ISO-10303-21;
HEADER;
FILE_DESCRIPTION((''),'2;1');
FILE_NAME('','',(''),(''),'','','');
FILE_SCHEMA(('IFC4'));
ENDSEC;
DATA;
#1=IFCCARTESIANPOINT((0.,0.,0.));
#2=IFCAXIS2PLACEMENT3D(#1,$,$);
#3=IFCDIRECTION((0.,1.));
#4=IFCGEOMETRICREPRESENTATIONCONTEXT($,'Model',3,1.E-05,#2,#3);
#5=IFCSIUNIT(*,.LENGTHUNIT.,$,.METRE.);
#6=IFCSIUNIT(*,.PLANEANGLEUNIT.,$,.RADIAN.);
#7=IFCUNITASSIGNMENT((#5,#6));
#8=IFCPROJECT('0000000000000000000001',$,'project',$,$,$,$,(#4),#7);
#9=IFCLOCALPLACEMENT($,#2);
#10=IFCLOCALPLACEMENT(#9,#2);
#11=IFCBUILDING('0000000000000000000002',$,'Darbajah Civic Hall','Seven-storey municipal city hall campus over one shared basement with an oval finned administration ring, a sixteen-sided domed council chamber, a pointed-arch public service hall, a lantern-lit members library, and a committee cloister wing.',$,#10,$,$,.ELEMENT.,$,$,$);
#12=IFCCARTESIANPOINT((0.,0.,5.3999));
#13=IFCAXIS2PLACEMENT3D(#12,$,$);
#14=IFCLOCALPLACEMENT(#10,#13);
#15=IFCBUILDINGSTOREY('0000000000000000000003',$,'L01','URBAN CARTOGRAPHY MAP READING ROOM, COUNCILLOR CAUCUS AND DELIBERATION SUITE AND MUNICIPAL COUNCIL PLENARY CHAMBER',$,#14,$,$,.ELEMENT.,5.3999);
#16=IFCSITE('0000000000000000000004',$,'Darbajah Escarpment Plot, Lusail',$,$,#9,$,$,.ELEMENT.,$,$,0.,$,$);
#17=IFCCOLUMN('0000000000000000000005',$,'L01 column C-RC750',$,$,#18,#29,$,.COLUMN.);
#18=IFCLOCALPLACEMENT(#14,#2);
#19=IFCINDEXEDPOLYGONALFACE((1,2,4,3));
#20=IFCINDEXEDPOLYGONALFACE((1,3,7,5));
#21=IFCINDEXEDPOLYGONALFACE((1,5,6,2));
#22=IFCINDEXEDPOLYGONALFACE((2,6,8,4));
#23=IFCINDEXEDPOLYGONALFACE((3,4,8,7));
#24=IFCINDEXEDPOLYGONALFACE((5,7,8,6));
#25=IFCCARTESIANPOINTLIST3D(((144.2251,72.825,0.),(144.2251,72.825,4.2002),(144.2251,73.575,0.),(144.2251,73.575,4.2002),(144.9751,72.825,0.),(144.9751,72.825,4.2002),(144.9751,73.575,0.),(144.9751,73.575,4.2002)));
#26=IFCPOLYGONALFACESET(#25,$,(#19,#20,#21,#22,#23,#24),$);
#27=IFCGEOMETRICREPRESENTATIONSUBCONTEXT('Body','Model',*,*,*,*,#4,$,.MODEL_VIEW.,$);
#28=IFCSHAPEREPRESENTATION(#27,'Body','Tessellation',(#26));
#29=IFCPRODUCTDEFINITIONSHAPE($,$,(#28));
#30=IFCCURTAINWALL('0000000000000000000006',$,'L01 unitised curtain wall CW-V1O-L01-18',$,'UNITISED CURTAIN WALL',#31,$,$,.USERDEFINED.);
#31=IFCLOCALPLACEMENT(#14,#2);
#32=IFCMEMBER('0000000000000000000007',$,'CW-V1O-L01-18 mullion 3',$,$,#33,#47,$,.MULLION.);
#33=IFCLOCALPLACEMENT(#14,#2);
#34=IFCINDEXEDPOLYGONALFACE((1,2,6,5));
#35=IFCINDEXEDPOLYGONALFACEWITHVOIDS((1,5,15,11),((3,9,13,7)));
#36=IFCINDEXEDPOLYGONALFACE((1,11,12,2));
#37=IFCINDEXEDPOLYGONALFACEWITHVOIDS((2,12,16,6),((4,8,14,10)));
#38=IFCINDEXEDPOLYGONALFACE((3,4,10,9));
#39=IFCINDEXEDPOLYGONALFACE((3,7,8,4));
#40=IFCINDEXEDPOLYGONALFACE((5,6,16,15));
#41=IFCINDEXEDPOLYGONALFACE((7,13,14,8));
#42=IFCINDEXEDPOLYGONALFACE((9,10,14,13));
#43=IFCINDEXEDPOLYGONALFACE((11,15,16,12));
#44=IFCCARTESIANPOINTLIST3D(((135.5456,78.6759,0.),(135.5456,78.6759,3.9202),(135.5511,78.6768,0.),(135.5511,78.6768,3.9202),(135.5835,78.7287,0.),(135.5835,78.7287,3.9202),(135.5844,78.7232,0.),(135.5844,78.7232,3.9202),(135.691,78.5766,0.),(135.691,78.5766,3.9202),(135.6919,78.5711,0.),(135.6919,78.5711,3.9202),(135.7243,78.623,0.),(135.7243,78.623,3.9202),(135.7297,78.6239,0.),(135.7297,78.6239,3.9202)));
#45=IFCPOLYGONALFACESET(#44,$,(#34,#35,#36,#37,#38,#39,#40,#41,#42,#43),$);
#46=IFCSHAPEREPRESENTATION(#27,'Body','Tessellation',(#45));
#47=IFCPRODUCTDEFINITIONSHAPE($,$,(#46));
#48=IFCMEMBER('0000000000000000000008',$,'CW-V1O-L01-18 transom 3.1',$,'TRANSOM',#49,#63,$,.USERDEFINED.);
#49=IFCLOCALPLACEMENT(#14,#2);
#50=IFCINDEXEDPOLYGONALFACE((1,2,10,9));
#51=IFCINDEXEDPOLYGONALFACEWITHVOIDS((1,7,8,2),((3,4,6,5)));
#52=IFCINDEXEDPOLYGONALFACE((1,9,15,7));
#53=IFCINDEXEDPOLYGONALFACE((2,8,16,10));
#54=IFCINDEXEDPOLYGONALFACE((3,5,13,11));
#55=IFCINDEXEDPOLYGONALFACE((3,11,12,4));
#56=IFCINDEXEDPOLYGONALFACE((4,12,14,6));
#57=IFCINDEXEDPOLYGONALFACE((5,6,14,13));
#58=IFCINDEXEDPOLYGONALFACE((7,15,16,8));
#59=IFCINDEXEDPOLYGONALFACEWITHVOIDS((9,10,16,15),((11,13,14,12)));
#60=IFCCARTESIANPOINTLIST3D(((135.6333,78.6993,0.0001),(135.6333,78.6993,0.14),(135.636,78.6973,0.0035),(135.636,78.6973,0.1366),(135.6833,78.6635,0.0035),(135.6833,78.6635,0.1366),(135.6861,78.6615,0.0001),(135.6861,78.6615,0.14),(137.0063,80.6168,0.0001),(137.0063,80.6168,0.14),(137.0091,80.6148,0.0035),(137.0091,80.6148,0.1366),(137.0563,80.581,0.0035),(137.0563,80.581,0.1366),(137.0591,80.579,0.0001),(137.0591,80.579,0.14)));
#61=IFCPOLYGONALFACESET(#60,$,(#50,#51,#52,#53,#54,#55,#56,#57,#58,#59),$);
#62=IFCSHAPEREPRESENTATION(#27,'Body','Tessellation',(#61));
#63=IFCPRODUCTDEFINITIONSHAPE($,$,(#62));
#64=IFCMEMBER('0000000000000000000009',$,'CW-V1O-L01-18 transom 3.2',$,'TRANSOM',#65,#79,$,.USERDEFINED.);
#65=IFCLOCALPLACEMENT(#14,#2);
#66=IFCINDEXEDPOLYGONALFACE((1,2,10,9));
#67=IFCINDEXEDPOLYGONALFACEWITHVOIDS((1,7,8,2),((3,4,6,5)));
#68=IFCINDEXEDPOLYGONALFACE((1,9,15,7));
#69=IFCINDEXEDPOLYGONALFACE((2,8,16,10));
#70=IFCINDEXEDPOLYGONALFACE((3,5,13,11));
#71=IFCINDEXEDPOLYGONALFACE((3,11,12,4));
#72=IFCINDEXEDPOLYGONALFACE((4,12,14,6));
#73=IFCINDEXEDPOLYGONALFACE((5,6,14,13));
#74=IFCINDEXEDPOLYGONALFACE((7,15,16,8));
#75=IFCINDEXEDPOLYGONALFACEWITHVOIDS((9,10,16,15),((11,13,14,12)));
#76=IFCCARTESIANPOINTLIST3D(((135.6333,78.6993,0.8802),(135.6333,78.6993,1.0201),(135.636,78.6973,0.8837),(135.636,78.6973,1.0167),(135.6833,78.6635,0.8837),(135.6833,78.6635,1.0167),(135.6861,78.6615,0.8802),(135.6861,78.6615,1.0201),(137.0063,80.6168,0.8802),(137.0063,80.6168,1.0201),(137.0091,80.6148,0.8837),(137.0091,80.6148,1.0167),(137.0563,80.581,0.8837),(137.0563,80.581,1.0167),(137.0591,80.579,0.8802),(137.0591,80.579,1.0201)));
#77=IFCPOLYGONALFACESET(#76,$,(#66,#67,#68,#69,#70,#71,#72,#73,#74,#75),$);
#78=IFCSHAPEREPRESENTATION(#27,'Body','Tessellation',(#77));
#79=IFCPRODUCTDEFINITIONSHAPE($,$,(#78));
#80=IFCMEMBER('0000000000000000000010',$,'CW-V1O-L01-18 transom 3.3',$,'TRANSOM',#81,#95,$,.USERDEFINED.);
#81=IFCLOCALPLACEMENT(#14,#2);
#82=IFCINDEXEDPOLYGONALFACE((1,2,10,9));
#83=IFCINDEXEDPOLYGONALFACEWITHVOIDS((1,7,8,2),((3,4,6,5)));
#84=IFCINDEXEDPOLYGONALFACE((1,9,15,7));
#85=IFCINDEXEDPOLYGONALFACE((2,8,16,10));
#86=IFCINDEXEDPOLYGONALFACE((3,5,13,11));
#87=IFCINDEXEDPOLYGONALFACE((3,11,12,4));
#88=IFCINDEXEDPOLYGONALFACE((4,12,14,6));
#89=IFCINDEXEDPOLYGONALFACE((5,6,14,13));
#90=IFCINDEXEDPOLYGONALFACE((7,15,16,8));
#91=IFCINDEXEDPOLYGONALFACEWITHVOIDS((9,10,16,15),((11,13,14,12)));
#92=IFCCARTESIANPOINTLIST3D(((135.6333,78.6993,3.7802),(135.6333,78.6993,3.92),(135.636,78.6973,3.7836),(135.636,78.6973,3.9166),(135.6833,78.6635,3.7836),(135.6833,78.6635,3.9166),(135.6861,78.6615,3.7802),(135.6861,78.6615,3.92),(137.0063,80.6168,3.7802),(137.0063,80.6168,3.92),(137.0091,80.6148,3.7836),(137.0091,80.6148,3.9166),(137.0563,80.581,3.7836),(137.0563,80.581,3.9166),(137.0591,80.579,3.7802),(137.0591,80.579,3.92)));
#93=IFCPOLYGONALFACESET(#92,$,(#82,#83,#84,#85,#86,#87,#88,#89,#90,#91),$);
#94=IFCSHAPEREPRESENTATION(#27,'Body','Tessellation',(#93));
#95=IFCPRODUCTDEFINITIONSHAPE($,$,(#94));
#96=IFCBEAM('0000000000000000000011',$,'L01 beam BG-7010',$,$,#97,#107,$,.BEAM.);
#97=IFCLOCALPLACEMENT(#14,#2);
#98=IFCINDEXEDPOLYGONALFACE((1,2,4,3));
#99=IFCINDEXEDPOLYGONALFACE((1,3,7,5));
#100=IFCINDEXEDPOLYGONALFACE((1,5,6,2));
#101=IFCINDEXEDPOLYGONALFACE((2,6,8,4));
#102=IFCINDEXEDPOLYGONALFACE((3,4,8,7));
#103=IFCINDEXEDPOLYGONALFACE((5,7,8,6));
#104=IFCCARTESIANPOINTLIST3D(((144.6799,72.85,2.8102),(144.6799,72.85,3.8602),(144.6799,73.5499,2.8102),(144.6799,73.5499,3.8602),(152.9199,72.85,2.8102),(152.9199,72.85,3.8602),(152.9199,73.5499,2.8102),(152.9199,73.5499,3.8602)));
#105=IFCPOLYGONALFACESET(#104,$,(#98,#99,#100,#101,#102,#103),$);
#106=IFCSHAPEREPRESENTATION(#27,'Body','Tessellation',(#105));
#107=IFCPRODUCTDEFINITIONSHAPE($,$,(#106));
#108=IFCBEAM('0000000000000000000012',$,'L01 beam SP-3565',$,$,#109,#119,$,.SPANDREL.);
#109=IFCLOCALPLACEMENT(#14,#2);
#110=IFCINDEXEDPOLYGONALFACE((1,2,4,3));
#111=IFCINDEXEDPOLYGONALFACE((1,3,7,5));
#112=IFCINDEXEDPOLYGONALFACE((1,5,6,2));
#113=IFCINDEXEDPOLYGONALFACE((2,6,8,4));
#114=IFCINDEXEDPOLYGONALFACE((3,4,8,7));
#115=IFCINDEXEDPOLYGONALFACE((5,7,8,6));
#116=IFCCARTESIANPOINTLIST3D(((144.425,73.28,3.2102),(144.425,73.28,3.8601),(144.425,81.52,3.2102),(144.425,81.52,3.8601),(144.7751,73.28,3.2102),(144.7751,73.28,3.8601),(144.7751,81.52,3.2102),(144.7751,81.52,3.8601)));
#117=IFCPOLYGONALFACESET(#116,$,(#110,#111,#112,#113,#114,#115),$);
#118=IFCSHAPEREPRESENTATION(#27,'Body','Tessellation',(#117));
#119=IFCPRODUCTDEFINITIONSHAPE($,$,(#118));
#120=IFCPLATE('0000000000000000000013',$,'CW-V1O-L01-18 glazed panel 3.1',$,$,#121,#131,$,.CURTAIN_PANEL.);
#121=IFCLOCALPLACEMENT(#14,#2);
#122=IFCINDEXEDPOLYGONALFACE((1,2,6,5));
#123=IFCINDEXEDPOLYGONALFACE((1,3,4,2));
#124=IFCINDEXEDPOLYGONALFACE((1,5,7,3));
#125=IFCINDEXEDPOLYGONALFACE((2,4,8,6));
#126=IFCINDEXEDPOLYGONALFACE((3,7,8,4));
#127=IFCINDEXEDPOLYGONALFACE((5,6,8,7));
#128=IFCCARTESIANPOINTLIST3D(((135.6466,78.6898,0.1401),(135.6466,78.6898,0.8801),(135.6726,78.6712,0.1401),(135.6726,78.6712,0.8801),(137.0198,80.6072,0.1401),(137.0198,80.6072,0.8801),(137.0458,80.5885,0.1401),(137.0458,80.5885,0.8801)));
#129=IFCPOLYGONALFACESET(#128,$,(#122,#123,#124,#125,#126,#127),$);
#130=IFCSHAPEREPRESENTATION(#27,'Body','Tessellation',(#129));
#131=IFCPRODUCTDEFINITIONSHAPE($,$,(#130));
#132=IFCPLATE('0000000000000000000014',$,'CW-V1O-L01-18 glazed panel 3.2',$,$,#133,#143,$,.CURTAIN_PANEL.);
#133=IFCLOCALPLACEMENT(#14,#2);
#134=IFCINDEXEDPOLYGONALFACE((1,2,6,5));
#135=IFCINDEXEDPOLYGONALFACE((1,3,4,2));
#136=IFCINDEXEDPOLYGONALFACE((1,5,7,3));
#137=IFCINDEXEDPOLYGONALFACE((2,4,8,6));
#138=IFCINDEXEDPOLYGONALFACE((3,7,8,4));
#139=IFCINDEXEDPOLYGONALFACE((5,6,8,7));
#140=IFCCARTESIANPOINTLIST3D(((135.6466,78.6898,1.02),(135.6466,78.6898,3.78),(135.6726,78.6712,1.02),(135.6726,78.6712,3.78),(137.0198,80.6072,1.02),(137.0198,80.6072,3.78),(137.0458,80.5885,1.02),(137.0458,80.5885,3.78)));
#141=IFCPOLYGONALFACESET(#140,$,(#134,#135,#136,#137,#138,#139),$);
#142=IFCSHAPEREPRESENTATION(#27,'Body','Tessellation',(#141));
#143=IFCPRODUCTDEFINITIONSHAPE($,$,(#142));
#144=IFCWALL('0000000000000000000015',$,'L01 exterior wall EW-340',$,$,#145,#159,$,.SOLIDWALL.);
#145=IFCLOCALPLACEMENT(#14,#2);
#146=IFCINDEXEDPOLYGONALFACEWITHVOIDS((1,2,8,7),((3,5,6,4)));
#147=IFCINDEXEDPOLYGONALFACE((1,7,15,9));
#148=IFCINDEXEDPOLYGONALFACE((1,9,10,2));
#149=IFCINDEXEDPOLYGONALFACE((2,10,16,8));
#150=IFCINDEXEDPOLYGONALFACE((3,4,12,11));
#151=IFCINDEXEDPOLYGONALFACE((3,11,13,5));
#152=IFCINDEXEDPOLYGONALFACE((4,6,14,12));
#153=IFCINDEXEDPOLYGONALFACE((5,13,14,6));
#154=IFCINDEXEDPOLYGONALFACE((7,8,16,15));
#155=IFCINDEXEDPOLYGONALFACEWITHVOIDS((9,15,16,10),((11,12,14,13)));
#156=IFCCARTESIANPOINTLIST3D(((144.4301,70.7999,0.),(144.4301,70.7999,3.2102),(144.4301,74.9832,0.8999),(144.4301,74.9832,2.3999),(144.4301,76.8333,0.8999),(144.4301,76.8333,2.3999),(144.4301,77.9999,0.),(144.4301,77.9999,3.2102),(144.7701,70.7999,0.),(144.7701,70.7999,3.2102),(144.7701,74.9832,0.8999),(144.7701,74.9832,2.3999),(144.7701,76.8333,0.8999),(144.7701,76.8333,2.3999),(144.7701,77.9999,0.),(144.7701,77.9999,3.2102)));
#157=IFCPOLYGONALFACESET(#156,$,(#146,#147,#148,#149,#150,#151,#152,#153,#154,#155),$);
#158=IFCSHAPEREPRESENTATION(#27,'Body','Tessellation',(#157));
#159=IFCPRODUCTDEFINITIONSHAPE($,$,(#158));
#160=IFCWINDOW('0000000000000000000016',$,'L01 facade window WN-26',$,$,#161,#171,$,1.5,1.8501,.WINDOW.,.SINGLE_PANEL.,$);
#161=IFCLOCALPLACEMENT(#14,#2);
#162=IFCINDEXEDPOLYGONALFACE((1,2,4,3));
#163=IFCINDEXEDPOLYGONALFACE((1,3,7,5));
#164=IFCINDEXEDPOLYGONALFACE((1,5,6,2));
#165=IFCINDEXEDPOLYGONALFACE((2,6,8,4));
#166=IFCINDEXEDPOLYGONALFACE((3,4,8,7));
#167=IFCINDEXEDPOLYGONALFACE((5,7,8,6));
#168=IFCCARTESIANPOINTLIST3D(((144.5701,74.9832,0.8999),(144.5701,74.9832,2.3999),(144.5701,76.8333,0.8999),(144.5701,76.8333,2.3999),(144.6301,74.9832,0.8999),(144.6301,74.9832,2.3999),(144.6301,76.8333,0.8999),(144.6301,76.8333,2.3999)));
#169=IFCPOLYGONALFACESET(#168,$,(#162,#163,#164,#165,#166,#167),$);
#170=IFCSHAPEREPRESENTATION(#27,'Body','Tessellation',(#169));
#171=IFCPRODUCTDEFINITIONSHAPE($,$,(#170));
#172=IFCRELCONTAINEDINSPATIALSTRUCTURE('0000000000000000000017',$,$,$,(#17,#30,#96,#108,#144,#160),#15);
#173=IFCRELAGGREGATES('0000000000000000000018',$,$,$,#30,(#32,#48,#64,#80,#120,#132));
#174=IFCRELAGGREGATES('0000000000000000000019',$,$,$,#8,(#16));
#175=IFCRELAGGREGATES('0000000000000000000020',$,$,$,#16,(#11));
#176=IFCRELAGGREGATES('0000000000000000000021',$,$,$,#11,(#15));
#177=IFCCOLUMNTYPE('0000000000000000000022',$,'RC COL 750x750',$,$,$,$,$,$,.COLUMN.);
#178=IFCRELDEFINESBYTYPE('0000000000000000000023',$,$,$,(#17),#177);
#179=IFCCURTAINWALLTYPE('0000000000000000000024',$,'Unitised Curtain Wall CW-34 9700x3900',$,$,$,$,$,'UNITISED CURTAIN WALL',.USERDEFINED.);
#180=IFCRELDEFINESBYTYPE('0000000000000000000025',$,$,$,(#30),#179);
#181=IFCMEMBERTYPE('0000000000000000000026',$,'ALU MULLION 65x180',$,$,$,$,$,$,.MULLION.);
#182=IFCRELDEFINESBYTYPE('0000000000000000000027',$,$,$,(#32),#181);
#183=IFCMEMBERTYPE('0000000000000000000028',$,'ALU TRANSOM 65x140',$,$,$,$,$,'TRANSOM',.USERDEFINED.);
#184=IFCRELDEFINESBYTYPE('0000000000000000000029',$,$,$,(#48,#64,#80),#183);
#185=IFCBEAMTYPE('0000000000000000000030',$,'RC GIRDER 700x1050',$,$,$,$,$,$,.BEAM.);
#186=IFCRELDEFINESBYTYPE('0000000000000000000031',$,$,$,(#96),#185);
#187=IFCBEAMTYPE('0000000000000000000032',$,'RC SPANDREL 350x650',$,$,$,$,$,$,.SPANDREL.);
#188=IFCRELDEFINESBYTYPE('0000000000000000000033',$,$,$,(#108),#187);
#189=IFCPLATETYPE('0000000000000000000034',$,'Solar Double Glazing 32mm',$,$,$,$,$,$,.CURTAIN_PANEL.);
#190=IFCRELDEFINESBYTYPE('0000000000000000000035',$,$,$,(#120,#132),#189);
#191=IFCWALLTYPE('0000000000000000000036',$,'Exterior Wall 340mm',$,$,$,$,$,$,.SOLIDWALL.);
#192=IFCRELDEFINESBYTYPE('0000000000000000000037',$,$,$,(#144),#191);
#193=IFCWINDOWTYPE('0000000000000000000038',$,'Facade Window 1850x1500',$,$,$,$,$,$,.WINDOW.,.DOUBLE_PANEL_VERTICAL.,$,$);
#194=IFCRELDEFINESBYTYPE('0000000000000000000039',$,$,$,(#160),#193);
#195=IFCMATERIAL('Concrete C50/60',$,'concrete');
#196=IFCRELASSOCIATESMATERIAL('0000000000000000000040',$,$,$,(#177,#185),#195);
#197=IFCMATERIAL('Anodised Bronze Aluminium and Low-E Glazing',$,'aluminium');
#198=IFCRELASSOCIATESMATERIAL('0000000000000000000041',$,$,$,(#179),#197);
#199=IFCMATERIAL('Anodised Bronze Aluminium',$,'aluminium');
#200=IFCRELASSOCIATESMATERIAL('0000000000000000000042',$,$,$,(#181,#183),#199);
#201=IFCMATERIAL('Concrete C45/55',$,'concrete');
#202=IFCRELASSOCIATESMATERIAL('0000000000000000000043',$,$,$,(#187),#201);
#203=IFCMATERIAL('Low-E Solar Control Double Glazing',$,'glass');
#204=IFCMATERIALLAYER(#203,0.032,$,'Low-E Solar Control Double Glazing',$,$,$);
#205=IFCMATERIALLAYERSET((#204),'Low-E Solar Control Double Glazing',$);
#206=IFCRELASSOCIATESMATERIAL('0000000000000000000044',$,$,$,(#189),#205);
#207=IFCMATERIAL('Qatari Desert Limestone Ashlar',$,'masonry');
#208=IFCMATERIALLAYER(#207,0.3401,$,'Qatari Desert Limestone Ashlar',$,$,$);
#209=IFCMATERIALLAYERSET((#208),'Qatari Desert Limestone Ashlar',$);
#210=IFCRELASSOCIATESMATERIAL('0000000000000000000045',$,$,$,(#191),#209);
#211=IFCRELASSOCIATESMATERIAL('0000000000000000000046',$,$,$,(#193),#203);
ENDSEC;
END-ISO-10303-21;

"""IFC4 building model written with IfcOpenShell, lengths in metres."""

from ifc_helpers import new_model, si_unit, direction, frame, frame_2d, origin, origin_2d, place, context, subcontext, project, spatial, rectangle, hollow_rectangle, extrude, material, layer, layer_set, material_profile, profile_set, type_object, element, fill, aggregate, save


model = new_model("IFC4")

# Units and contexts
model_context = context("Model", 3, precision=1e-05, world=origin(), true_north=direction((0.0, 1.0)))
body_context = subcontext(model_context, "Body", "Model", "MODEL_VIEW")
ifc_project = project(units=[si_unit("LENGTHUNIT", "METRE"), si_unit("PLANEANGLEUNIT", "RADIAN")], contexts=[model_context])

# Site, building, storey
site_placement = place(None, origin())
site = spatial("IfcSite", under=ifc_project, at=site_placement, Name="Darbajah Escarpment Plot, Lusail", CompositionType="ELEMENT", RefElevation=0.0)
building_placement = place(site_placement, origin())
building = spatial("IfcBuilding", under=site, at=building_placement, Name="Darbajah Civic Hall", Description="Seven-storey municipal city hall campus over one shared basement with an oval finned administration ring, a sixteen-sided domed council chamber, a pointed-arch public service hall, a lantern-lit members library, and a committee cloister wing.", CompositionType="ELEMENT")
storey_placement = place(building_placement, frame((0.0, 0.0, 5.3999)))
storey = spatial("IfcBuildingStorey", under=building, at=storey_placement, Name="L01", Description="URBAN CARTOGRAPHY MAP READING ROOM, COUNCILLOR CAUCUS AND DELIBERATION SUITE AND MUNICIPAL COUNCIL PLENARY CHAMBER", CompositionType="ELEMENT", Elevation=5.3999)

# Column
ifc_material_1 = material(Name="Concrete C50/60", Category="concrete")
ifc_material_profile_1 = material_profile(ifc_material_1, rectangle(XDim=0.75, YDim=0.75, at=origin_2d()), Name="RC COL 750x750")
ifc_profile_set_1 = profile_set([ifc_material_profile_1], Name="Concrete C50/60")
column_type = type_object("IfcColumnType", Name="RC COL 750x750", PredefinedType="COLUMN", material=ifc_profile_set_1)
column_placement = place(storey_placement, frame((144.6001, 73.2, 0.0), z_axis=(0.0, 0.0, 1.0), x_axis=(1.0, 0.0, 0.0)))
element("IfcColumn", 1, at=column_placement, inside=storey, type_object=column_type, Name="L01 column C-RC750", PredefinedType="COLUMN", context=body_context, shape_type="SweptSolid", body=[
    extrude(rectangle(XDim=0.75, YDim=0.75, at=origin_2d()), origin(), (0.0, 0.0, 1.0), 4.2002),
])

# Curtain wall, members
ifc_material_2 = material(Name="Anodised Bronze Aluminium and Low-E Glazing", Category="aluminium")
curtain_wall_type = type_object("IfcCurtainWallType", Name="Unitised Curtain Wall CW-34 9700x3900", ElementType="UNITISED CURTAIN WALL", PredefinedType="USERDEFINED", material=ifc_material_2)
curtain_wall_placement = place(storey_placement, origin())
curtain_wall = element("IfcCurtainWall", 2, at=curtain_wall_placement, inside=storey, type_object=curtain_wall_type, Name="L01 unitised curtain wall CW-V1O-L01-18", ObjectType="UNITISED CURTAIN WALL", PredefinedType="USERDEFINED")
ifc_material_3 = material(Name="Anodised Bronze Aluminium", Category="aluminium")
ifc_material_profile_2 = material_profile(ifc_material_3, hollow_rectangle(XDim=0.0649, YDim=0.1799, WallThickness=0.0039, at=origin_2d()), Name="ALU MULLION 65x180")
ifc_profile_set_2 = profile_set([ifc_material_profile_2], Name="Anodised Bronze Aluminium")
member_type_1 = type_object("IfcMemberType", Name="ALU MULLION 65x180", PredefinedType="MULLION", material=ifc_profile_set_2)
member_1_placement = place(storey_placement, frame((135.6377, 78.6499, 0.0), z_axis=(0.0, 0.0, 1.0), x_axis=(0.582265, 0.812999, 0.0)))
member_1 = element("IfcMember", 3, at=member_1_placement, type_object=member_type_1, Name="CW-V1O-L01-18 mullion 3", PredefinedType="MULLION", context=body_context, shape_type="SweptSolid", body=[
    extrude(hollow_rectangle(XDim=0.0649, YDim=0.1799, WallThickness=0.0039, at=origin_2d()), origin(), (0.0, 0.0, 1.0), 3.9202),
])
ifc_material_profile_3 = material_profile(ifc_material_3, hollow_rectangle(XDim=0.0649, YDim=0.1399, WallThickness=0.0034, at=origin_2d()), Name="ALU TRANSOM 65x140")
ifc_profile_set_3 = profile_set([ifc_material_profile_3], Name="Anodised Bronze Aluminium")
member_type_2 = type_object("IfcMemberType", Name="ALU TRANSOM 65x140", ElementType="TRANSOM", PredefinedType="USERDEFINED", material=ifc_profile_set_3)
member_2_placement = place(storey_placement, frame((135.6597, 78.6804, 0.0701), z_axis=(0.582197, 0.813047, 0.0), x_axis=(-0.813047, 0.582197, 0.0)))
member_2 = element("IfcMember", 4, at=member_2_placement, type_object=member_type_2, Name="CW-V1O-L01-18 transom 3.1", ObjectType="TRANSOM", PredefinedType="USERDEFINED", context=body_context, shape_type="SweptSolid", body=[
    extrude(hollow_rectangle(XDim=0.0649, YDim=0.1399, WallThickness=0.0034, at=origin_2d()), origin(), (0.0, 0.0, 1.0), 2.3584),
])
member_3_placement = place(storey_placement, frame((135.6597, 78.6804, 0.9502), z_axis=(0.582197, 0.813047, 0.0), x_axis=(-0.813047, 0.582197, 0.0)))
member_3 = element("IfcMember", 5, at=member_3_placement, type_object=member_type_2, Name="CW-V1O-L01-18 transom 3.2", ObjectType="TRANSOM", PredefinedType="USERDEFINED", context=body_context, shape_type="SweptSolid", body=[
    extrude(hollow_rectangle(XDim=0.0649, YDim=0.1399, WallThickness=0.0034, at=origin_2d()), origin(), (0.0, 0.0, 1.0), 2.3584),
])
member_4_placement = place(storey_placement, frame((135.6597, 78.6804, 3.8501), z_axis=(0.582197, 0.813047, 0.0), x_axis=(-0.813047, 0.582197, 0.0)))
member_4 = element("IfcMember", 6, at=member_4_placement, type_object=member_type_2, Name="CW-V1O-L01-18 transom 3.3", ObjectType="TRANSOM", PredefinedType="USERDEFINED", context=body_context, shape_type="SweptSolid", body=[
    extrude(hollow_rectangle(XDim=0.0649, YDim=0.1399, WallThickness=0.0034, at=origin_2d()), origin(), (0.0, 0.0, 1.0), 2.3584),
])

# Beams
ifc_material_profile_4 = material_profile(ifc_material_1, rectangle(XDim=0.7, YDim=1.05, at=origin_2d()), Name="RC GIRDER 700x1050")
ifc_profile_set_4 = profile_set([ifc_material_profile_4], Name="Concrete C50/60")
beam_type_1 = type_object("IfcBeamType", Name="RC GIRDER 700x1050", PredefinedType="BEAM", material=ifc_profile_set_4)
beam_1_placement = place(storey_placement, frame((144.6799, 73.2, 3.3352), z_axis=(1.0, 0.0, 0.0), x_axis=(0.0, 1.0, 0.0)))
element("IfcBeam", 7, at=beam_1_placement, inside=storey, type_object=beam_type_1, Name="L01 beam BG-7010", PredefinedType="BEAM", context=body_context, shape_type="SweptSolid", body=[
    extrude(rectangle(XDim=0.7, YDim=1.05, at=origin_2d()), origin(), (0.0, 0.0, 1.0), 8.24),
])
ifc_material_4 = material(Name="Concrete C45/55", Category="concrete")
ifc_material_profile_5 = material_profile(ifc_material_4, rectangle(XDim=0.3501, YDim=0.6499, at=origin_2d()), Name="RC SPANDREL 350x650")
ifc_profile_set_5 = profile_set([ifc_material_profile_5], Name="Concrete C45/55")
beam_type_2 = type_object("IfcBeamType", Name="RC SPANDREL 350x650", PredefinedType="SPANDREL", material=ifc_profile_set_5)
beam_2_placement = place(storey_placement, frame((144.6001, 73.28, 3.5352), z_axis=(0.0, 1.0, 0.0), x_axis=(-1.0, 0.0, 0.0)))
element("IfcBeam", 8, at=beam_2_placement, inside=storey, type_object=beam_type_2, Name="L01 beam SP-3565", PredefinedType="SPANDREL", context=body_context, shape_type="SweptSolid", body=[
    extrude(rectangle(XDim=0.3501, YDim=0.6499, at=origin_2d()), origin(), (0.0, 0.0, 1.0), 8.24),
])

# Plates
ifc_material_5 = material(Name="Low-E Solar Control Double Glazing", Category="glass")
ifc_layer_1 = layer(ifc_material_5, 0.032, Name="Low-E Solar Control Double Glazing")
ifc_layer_set_1 = layer_set([ifc_layer_1], Name="Low-E Solar Control Double Glazing")
plate_type = type_object("IfcPlateType", Name="Solar Double Glazing 32mm", PredefinedType="CURTAIN_PANEL", material=ifc_layer_set_1)
plate_1_placement = place(storey_placement, frame((136.3462, 79.6392, 0.1401), z_axis=(0.0, 0.0, 1.0), x_axis=(0.582265, 0.812999, 0.0)))
plate_1 = element("IfcPlate", 9, at=plate_1_placement, type_object=plate_type, Name="CW-V1O-L01-18 glazed panel 3.1", PredefinedType="CURTAIN_PANEL", context=body_context, shape_type="SweptSolid", body=[
    extrude(rectangle(XDim=2.3584, YDim=0.032, at=origin_2d()), origin(), (0.0, 0.0, 1.0), 0.74),
])
plate_2_placement = place(storey_placement, frame((136.3462, 79.6392, 1.02), z_axis=(0.0, 0.0, 1.0), x_axis=(0.582265, 0.812999, 0.0)))
plate_2 = element("IfcPlate", 10, at=plate_2_placement, type_object=plate_type, Name="CW-V1O-L01-18 glazed panel 3.2", PredefinedType="CURTAIN_PANEL", context=body_context, shape_type="SweptSolid", body=[
    extrude(rectangle(XDim=2.3584, YDim=0.032, at=origin_2d()), origin(), (0.0, 0.0, 1.0), 2.76),
])
aggregate(curtain_wall, [member_1, member_2, member_3, member_4, plate_1, plate_2])

# Wall, opening, window
ifc_material_6 = material(Name="Qatari Desert Limestone Ashlar", Category="masonry")
ifc_layer_2 = layer(ifc_material_6, 0.3401, Name="Qatari Desert Limestone Ashlar")
ifc_layer_set_2 = layer_set([ifc_layer_2], Name="Qatari Desert Limestone Ashlar")
wall_type = type_object("IfcWallType", Name="Exterior Wall 340mm", PredefinedType="SOLIDWALL", material=ifc_layer_set_2)
wall_1_placement = place(storey_placement, frame((144.6001, 78.0, 0.0), z_axis=(0.0, 0.0, 1.0), x_axis=(0.0, -1.0, 0.0)))
wall_1 = element("IfcWall", 11, at=wall_1_placement, inside=storey, type_object=wall_type, Name="L01 exterior wall EW-340", PredefinedType="SOLIDWALL", context=body_context, shape_type="SweptSolid", body=[
    extrude(rectangle(XDim=7.2, YDim=0.3401, at=frame_2d((3.6001, 0.0))), origin(), (0.0, 0.0, 1.0), 3.2102),
])
opening_1_placement = place(wall_1_placement, frame((1.1667, 0.0, 0.8999)))
opening_1 = element("IfcOpeningElement", 12, at=opening_1_placement, cuts=wall_1, PredefinedType="OPENING", context=body_context, shape_type="SweptSolid", body=[
    extrude(rectangle(XDim=1.8501, YDim=1.5, at=frame_2d((0.925, 0.75))), frame((0.0, 0.1799, 0.0), z_axis=(0.0, -1.0, 0.0), x_axis=(1.0, 0.0, 0.0)), (0.0, 0.0, 1.0), 0.3601),
])
window_type_1 = type_object("IfcWindowType", Name="Facade Window 1850x1500", PartitioningType="DOUBLE_PANEL_VERTICAL", PredefinedType="WINDOW", material=ifc_material_5)
window_1_placement = place(opening_1_placement, origin())
window_1 = element("IfcWindow", 13, at=window_1_placement, inside=storey, type_object=window_type_1, Name="L01 facade window WN-26", OverallHeight=1.5, OverallWidth=1.8501, PartitioningType="SINGLE_PANEL", PredefinedType="WINDOW", context=body_context, shape_type="SweptSolid", body=[
    extrude(rectangle(XDim=1.8501, YDim=1.5, at=frame_2d((0.925, 0.75))), frame((0.0, 0.03, 0.0), z_axis=(0.0, -1.0, 0.0), x_axis=(1.0, 0.0, 0.0)), (0.0, 0.0, 1.0), 0.0601),
])
fill(opening_1, window_1)

save(model, "model.ifc")
